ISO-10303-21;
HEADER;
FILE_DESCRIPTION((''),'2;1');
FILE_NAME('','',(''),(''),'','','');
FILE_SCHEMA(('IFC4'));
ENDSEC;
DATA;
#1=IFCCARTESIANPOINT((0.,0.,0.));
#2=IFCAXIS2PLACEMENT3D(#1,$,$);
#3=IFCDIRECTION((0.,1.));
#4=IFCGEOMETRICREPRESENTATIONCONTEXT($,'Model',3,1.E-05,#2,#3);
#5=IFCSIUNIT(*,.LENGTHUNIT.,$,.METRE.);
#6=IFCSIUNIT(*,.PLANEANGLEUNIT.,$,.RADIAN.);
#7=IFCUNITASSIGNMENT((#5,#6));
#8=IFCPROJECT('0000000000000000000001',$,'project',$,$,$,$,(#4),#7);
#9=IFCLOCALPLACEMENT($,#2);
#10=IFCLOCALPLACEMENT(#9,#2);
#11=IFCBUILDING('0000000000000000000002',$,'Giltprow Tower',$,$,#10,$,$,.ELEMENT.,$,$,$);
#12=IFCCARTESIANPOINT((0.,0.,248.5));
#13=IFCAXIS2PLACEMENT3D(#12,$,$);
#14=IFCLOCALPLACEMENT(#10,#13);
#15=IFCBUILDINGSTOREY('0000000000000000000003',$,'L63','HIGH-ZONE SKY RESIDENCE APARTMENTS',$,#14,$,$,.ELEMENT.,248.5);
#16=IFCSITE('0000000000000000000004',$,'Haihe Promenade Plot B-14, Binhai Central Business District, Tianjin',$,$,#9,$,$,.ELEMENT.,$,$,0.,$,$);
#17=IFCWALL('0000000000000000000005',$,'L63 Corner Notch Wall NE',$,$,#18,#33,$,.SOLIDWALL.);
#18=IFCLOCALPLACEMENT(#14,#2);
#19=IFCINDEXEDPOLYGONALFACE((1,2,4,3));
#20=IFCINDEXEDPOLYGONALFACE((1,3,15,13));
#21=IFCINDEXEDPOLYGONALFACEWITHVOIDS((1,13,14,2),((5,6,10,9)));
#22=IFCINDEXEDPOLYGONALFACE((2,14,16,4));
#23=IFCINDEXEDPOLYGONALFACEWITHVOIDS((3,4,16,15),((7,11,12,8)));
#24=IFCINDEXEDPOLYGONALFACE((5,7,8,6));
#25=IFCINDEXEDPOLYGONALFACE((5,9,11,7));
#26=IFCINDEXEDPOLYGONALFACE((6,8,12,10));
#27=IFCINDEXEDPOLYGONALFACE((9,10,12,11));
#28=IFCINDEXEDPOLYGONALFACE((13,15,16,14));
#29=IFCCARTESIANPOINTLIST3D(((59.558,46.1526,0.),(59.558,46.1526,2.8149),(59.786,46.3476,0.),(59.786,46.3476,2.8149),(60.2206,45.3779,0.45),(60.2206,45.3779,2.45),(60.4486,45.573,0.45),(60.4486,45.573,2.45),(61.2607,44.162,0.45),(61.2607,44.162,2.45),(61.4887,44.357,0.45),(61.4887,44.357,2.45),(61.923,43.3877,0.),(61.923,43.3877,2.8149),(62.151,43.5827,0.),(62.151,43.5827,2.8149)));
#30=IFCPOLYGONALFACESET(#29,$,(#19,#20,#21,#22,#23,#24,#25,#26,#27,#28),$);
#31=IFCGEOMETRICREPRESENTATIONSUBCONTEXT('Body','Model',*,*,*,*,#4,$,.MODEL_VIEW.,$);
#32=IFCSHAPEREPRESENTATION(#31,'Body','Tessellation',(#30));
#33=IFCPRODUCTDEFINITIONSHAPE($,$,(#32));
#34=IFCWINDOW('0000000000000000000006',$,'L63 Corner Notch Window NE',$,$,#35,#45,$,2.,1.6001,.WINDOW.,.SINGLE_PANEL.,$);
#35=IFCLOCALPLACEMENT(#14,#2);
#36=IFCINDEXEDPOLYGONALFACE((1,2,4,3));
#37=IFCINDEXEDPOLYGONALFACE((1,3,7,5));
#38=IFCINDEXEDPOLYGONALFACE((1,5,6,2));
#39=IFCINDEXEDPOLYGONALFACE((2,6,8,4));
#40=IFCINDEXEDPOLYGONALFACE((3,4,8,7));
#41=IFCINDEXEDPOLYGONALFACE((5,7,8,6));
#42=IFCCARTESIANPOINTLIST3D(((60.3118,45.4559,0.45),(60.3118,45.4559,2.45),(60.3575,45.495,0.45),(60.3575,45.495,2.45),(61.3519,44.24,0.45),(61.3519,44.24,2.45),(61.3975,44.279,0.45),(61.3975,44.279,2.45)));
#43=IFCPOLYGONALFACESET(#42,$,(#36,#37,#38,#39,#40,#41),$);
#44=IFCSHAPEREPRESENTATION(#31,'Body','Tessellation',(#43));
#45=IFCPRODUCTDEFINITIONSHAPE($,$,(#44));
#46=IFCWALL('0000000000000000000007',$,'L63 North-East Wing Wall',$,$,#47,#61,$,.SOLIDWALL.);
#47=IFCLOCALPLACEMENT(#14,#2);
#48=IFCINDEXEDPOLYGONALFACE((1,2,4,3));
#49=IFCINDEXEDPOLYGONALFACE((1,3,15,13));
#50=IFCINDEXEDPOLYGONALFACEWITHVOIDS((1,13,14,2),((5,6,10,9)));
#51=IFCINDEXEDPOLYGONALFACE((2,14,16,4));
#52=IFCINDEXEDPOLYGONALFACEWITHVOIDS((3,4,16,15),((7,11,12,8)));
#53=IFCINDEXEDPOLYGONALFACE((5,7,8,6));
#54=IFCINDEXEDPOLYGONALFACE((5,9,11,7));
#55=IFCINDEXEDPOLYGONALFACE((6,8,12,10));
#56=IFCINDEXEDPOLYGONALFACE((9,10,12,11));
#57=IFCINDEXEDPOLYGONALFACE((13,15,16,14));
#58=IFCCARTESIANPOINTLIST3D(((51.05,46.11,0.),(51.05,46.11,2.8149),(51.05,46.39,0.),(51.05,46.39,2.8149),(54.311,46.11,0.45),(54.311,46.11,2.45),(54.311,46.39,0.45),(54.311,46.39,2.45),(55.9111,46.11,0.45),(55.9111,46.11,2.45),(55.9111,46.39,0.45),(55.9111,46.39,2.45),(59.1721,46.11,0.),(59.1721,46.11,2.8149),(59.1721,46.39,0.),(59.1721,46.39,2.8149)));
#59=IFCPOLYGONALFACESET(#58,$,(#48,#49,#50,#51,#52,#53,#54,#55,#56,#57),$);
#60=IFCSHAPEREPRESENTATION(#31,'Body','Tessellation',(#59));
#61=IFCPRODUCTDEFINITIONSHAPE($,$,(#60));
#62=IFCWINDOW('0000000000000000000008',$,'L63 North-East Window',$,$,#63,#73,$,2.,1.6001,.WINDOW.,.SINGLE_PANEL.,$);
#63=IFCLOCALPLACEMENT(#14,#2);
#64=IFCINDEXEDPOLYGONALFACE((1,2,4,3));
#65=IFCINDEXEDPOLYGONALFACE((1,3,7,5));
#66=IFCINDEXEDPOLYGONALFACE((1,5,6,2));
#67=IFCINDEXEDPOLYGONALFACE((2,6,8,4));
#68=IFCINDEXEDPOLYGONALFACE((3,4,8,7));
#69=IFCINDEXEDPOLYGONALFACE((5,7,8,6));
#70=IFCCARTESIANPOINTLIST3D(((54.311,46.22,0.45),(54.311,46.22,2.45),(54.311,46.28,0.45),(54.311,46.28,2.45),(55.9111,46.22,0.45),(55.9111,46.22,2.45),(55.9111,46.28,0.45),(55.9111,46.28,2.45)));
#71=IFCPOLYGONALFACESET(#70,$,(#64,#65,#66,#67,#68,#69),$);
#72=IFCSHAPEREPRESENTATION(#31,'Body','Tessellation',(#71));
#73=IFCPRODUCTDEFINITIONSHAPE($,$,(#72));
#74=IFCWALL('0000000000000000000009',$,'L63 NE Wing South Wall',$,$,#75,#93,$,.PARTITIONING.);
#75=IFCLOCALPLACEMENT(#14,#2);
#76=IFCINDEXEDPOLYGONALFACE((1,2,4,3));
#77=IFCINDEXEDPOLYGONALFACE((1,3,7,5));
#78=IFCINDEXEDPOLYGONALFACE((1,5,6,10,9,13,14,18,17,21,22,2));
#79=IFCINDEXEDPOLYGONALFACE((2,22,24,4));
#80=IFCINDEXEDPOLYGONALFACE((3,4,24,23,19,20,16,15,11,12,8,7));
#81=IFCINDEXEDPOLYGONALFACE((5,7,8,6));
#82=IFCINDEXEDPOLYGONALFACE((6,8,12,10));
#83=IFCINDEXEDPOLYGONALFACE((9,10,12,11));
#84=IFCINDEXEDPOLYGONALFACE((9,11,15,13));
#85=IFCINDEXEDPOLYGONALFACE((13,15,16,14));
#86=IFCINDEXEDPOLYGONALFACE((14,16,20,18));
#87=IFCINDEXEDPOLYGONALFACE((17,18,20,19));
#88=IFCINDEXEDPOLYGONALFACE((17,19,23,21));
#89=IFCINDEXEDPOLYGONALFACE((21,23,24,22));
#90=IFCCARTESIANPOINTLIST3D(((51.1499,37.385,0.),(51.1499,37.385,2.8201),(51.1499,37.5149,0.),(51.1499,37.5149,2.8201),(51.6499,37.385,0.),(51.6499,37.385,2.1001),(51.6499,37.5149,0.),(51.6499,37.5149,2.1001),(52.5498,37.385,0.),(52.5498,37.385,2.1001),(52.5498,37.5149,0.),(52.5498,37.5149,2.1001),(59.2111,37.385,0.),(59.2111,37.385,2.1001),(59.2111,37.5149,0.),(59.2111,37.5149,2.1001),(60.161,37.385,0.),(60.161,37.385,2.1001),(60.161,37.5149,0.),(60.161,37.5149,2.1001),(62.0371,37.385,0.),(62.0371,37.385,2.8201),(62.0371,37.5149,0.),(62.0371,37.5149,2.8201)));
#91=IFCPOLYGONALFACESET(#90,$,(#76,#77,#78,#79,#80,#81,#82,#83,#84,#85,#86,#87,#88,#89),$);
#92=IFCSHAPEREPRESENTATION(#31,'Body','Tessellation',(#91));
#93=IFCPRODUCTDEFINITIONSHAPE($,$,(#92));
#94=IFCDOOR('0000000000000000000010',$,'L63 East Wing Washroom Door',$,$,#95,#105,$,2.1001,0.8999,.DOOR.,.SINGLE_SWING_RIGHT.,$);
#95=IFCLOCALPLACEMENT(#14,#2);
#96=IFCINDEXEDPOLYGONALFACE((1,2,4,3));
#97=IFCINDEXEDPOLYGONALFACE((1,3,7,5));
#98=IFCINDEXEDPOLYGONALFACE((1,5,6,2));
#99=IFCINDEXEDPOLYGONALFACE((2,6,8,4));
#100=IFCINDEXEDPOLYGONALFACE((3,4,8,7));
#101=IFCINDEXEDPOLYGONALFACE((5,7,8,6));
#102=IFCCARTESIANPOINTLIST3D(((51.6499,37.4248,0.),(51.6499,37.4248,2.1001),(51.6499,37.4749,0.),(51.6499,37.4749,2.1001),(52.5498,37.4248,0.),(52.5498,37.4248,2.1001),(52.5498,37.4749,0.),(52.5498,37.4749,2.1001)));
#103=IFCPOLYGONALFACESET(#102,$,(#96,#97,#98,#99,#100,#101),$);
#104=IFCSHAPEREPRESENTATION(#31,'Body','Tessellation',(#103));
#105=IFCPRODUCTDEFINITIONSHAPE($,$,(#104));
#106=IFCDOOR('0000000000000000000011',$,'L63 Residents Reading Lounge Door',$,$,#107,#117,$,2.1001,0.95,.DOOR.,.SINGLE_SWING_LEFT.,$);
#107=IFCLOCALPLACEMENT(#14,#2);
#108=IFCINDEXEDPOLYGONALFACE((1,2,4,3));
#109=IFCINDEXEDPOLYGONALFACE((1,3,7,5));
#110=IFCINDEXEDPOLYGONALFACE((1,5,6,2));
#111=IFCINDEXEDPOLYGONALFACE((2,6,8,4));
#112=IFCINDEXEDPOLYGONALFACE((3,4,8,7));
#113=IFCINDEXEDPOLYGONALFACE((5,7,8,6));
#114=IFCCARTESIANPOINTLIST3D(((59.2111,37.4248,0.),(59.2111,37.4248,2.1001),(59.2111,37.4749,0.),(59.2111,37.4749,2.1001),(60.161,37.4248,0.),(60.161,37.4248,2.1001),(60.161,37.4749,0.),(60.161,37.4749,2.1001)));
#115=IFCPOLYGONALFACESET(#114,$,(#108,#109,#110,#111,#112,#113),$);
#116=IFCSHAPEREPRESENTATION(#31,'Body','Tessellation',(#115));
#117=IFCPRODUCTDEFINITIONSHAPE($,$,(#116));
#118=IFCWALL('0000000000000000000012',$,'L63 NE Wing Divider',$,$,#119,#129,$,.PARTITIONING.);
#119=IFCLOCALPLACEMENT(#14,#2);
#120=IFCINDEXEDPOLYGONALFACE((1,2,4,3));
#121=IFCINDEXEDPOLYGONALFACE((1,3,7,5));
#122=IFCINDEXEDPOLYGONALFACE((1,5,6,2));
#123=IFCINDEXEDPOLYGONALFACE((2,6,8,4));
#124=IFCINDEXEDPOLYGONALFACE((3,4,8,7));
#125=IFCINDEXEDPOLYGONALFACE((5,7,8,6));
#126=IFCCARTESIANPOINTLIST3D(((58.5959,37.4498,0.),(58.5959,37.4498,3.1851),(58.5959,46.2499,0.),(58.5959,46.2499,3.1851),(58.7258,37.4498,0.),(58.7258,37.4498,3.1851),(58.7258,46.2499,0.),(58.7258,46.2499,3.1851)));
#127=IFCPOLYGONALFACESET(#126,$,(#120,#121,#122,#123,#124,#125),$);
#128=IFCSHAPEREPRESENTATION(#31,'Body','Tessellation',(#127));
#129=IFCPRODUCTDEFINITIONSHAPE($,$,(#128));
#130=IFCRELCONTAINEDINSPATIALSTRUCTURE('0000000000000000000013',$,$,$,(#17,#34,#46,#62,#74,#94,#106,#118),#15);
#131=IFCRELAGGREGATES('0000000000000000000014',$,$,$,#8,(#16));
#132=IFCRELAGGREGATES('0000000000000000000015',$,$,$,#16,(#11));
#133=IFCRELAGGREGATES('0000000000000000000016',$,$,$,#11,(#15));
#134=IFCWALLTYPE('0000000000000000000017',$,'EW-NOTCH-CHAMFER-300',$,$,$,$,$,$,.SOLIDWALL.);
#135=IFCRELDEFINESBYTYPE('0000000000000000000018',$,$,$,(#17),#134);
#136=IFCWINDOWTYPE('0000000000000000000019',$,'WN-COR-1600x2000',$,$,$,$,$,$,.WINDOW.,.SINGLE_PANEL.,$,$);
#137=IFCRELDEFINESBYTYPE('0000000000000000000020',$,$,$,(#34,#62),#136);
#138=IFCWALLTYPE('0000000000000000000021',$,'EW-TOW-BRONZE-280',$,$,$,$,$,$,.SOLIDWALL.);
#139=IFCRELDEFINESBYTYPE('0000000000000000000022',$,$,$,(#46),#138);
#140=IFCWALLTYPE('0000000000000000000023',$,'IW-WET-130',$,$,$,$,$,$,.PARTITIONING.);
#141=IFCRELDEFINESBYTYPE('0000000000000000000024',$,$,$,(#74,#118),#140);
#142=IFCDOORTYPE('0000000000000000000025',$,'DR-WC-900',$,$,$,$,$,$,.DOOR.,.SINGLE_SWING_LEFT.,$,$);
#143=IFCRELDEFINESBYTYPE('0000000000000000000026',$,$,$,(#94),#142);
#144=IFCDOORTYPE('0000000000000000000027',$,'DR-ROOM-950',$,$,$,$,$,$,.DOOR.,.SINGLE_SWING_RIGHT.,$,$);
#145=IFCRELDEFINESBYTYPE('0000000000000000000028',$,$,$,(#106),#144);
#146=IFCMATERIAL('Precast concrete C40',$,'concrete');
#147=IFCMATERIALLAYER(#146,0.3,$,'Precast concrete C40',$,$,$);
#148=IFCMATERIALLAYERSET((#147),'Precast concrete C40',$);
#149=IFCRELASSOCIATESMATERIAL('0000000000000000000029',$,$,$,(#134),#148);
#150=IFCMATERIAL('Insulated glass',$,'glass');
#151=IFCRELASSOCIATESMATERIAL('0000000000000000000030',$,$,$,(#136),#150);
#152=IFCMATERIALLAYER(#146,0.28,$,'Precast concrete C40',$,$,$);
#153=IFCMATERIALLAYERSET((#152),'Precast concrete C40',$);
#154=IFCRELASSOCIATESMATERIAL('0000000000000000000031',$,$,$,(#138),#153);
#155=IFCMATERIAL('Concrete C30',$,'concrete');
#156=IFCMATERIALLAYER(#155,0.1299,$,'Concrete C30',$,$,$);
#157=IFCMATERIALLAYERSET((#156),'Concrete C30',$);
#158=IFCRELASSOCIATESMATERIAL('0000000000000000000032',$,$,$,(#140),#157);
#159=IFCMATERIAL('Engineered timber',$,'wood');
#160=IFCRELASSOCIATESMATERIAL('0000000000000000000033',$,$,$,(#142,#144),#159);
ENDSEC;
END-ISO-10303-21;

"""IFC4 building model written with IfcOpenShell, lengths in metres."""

from ifc_helpers import new_model, si_unit, direction, frame, frame_2d, origin, place, context, subcontext, project, spatial, rectangle, extrude, source, transform, mapped, material, layer, layer_set, type_object, element, fill, save


model = new_model("IFC4")

# Units and contexts
model_context = context("Model", 3, precision=1e-05, world=origin(), true_north=direction((0.0, 1.0)))
body_context = subcontext(model_context, "Body", "Model", "MODEL_VIEW")
ifc_project = project(units=[si_unit("LENGTHUNIT", "METRE"), si_unit("PLANEANGLEUNIT", "RADIAN")], contexts=[model_context])

# Site, building, storey
site_placement = place(None, origin())
site = spatial("IfcSite", under=ifc_project, at=site_placement, Name="Haihe Promenade Plot B-14, Binhai Central Business District, Tianjin", CompositionType="ELEMENT", RefElevation=0.0)
building_placement = place(site_placement, origin())
building = spatial("IfcBuilding", under=site, at=building_placement, Name="Giltprow Tower", CompositionType="ELEMENT")
storey_placement = place(building_placement, frame((0.0, 0.0, 248.5)))
storey = spatial("IfcBuildingStorey", under=building, at=storey_placement, Name="L63", Description="HIGH-ZONE SKY RESIDENCE APARTMENTS", CompositionType="ELEMENT", Elevation=248.5)

# Walls, openings, windows
ifc_material_1 = material(Name="Precast concrete C40", Category="concrete")
ifc_layer_1 = layer(ifc_material_1, 0.3, Name="Precast concrete C40")
ifc_layer_set_1 = layer_set([ifc_layer_1], Name="Precast concrete C40")
wall_type_1 = type_object("IfcWallType", Name="EW-NOTCH-CHAMFER-300", PredefinedType="SOLIDWALL", material=ifc_layer_set_1)
wall_1_placement = place(storey_placement, frame((62.0371, 43.4851, 0.0), z_axis=(0.0, 0.0, 1.0), x_axis=(-0.650012, 0.759924, 0.0)))
wall_1 = element("IfcWall", 1, at=wall_1_placement, inside=storey, type_object=wall_type_1, Name="L63 Corner Notch Wall NE", PredefinedType="SOLIDWALL", context=body_context, shape_type="SweptSolid", body=[
    extrude(rectangle(XDim=3.6384, YDim=0.3, at=frame_2d((1.8193, 0.0))), origin(), (0.0, 0.0, 1.0), 2.8149),
])
opening_1_placement = place(wall_1_placement, frame((1.019, 0.0, 0.45)))
opening_1 = element("IfcOpeningElement", 2, at=opening_1_placement, cuts=wall_1, PredefinedType="OPENING", context=body_context, shape_type="SweptSolid", body=[
    extrude(rectangle(XDim=1.6001, YDim=2.0, at=frame_2d((0.8, 1.0))), frame((0.0, 0.1599, 0.0), z_axis=(0.0, -1.0, 0.0), x_axis=(1.0, 0.0, 0.0)), (0.0, 0.0, 1.0), 0.3201),
])
ifc_material_2 = material(Name="Insulated glass", Category="glass")
window_type = type_object("IfcWindowType", Name="WN-COR-1600x2000", PartitioningType="SINGLE_PANEL", PredefinedType="WINDOW", material=ifc_material_2)
shared_shape_1 = source(origin(), body_context, "Body", "SweptSolid", [
    extrude(rectangle(XDim=1.6001, YDim=2.0, at=frame_2d((0.8, 1.0))), frame((0.0, 0.03, 0.0), z_axis=(0.0, -1.0, 0.0), x_axis=(1.0, 0.0, 0.0)), (0.0, 0.0, 1.0), 0.0601),
])
window_1_placement = place(opening_1_placement, origin())
window_1 = element("IfcWindow", 3, at=window_1_placement, inside=storey, type_object=window_type, Name="L63 Corner Notch Window NE", OverallHeight=2.0, OverallWidth=1.6001, PartitioningType="SINGLE_PANEL", PredefinedType="WINDOW", context=body_context, shape_type="MappedRepresentation", body=[
    mapped(shared_shape_1, transform((0.0, 0.0, 0.0), x_axis=(1.0, 0.0, 0.0), y_axis=(0.0, 1.0, 0.0), z_axis=(0.0, 0.0, 1.0), scale=1.0)),
])
fill(opening_1, window_1)
ifc_layer_2 = layer(ifc_material_1, 0.28, Name="Precast concrete C40")
ifc_layer_set_2 = layer_set([ifc_layer_2], Name="Precast concrete C40")
wall_type_2 = type_object("IfcWallType", Name="EW-TOW-BRONZE-280", PredefinedType="SOLIDWALL", material=ifc_layer_set_2)
wall_2_placement = place(storey_placement, frame((51.05, 46.25, 0.0), z_axis=(0.0, 0.0, 1.0), x_axis=(1.0, 0.0, 0.0)))
wall_2 = element("IfcWall", 4, at=wall_2_placement, inside=storey, type_object=wall_type_2, Name="L63 North-East Wing Wall", PredefinedType="SOLIDWALL", context=body_context, shape_type="SweptSolid", body=[
    extrude(rectangle(XDim=8.1221, YDim=0.28, at=frame_2d((4.061, 0.0))), origin(), (0.0, 0.0, 1.0), 2.8149),
])
opening_2_placement = place(wall_2_placement, frame((3.261, 0.0, 0.45)))
opening_2 = element("IfcOpeningElement", 5, at=opening_2_placement, cuts=wall_2, PredefinedType="OPENING", context=body_context, shape_type="SweptSolid", body=[
    extrude(rectangle(XDim=1.6001, YDim=2.0, at=frame_2d((0.8, 1.0))), frame((0.0, 0.1499, 0.0), z_axis=(0.0, -1.0, 0.0), x_axis=(1.0, 0.0, 0.0)), (0.0, 0.0, 1.0), 0.3),
])
window_2_placement = place(opening_2_placement, origin())
window_2 = element("IfcWindow", 6, at=window_2_placement, inside=storey, type_object=window_type, Name="L63 North-East Window", OverallHeight=2.0, OverallWidth=1.6001, PartitioningType="SINGLE_PANEL", PredefinedType="WINDOW", context=body_context, shape_type="MappedRepresentation", body=[
    mapped(shared_shape_1, transform((0.0, 0.0, 0.0), x_axis=(1.0, 0.0, 0.0), y_axis=(0.0, 1.0, 0.0), z_axis=(0.0, 0.0, 1.0), scale=1.0)),
])
fill(opening_2, window_2)

# Wall, openings, doors
ifc_material_3 = material(Name="Concrete C30", Category="concrete")
ifc_layer_3 = layer(ifc_material_3, 0.1299, Name="Concrete C30")
ifc_layer_set_3 = layer_set([ifc_layer_3], Name="Concrete C30")
wall_type_3 = type_object("IfcWallType", Name="IW-WET-130", PredefinedType="PARTITIONING", material=ifc_layer_set_3)
wall_3_placement = place(storey_placement, frame((51.1499, 37.45, 0.0), z_axis=(0.0, 0.0, 1.0), x_axis=(1.0, 0.0, 0.0)))
wall_3 = element("IfcWall", 7, at=wall_3_placement, inside=storey, type_object=wall_type_3, Name="L63 NE Wing South Wall", PredefinedType="PARTITIONING", context=body_context, shape_type="SweptSolid", body=[
    extrude(rectangle(XDim=10.8872, YDim=0.1299, at=frame_2d((5.4436, 0.0))), origin(), (0.0, 0.0, 1.0), 2.8201),
])
opening_3_placement = place(wall_3_placement, frame((0.5, 0.0, 0.0)))
opening_3 = element("IfcOpeningElement", 8, at=opening_3_placement, cuts=wall_3, PredefinedType="OPENING", context=body_context, shape_type="SweptSolid", body=[
    extrude(rectangle(XDim=0.8999, YDim=2.1001, at=frame_2d((0.45, 1.05))), frame((0.0, 0.075, 0.0), z_axis=(0.0, -1.0, 0.0), x_axis=(1.0, 0.0, 0.0)), (0.0, 0.0, 1.0), 0.1499),
])
opening_4_placement = place(wall_3_placement, frame((8.061, 0.0, 0.0)))
opening_4 = element("IfcOpeningElement", 9, at=opening_4_placement, cuts=wall_3, PredefinedType="OPENING", context=body_context, shape_type="SweptSolid", body=[
    extrude(rectangle(XDim=0.95, YDim=2.1001, at=frame_2d((0.4751, 1.05))), frame((0.0, 0.075, 0.0), z_axis=(0.0, -1.0, 0.0), x_axis=(1.0, 0.0, 0.0)), (0.0, 0.0, 1.0), 0.1499),
])
ifc_material_4 = material(Name="Engineered timber", Category="wood")
door_type_1 = type_object("IfcDoorType", Name="DR-WC-900", OperationType="SINGLE_SWING_LEFT", PredefinedType="DOOR", material=ifc_material_4)
shared_shape_2 = source(origin(), body_context, "Body", "SweptSolid", [
    extrude(rectangle(XDim=0.8999, YDim=2.1001, at=frame_2d((0.45, 1.05))), frame((0.0, 0.0249, 0.0), z_axis=(0.0, -1.0, 0.0), x_axis=(1.0, 0.0, 0.0)), (0.0, 0.0, 1.0), 0.05),
])
door_1_placement = place(opening_3_placement, origin())
door_1 = element("IfcDoor", 10, at=door_1_placement, inside=storey, type_object=door_type_1, Name="L63 East Wing Washroom Door", OperationType="SINGLE_SWING_RIGHT", OverallHeight=2.1001, OverallWidth=0.8999, PredefinedType="DOOR", context=body_context, shape_type="MappedRepresentation", body=[
    mapped(shared_shape_2, transform((0.0, 0.0, 0.0), x_axis=(1.0, 0.0, 0.0), y_axis=(0.0, 1.0, 0.0), z_axis=(0.0, 0.0, 1.0), scale=1.0)),
])
fill(opening_3, door_1)
door_type_2 = type_object("IfcDoorType", Name="DR-ROOM-950", OperationType="SINGLE_SWING_RIGHT", PredefinedType="DOOR", material=ifc_material_4)
shared_shape_3 = source(origin(), body_context, "Body", "SweptSolid", [
    extrude(rectangle(XDim=0.95, YDim=2.1001, at=frame_2d((0.4751, 1.05))), frame((0.0, 0.0249, 0.0), z_axis=(0.0, -1.0, 0.0), x_axis=(1.0, 0.0, 0.0)), (0.0, 0.0, 1.0), 0.05),
])
door_2_placement = place(opening_4_placement, origin())
door_2 = element("IfcDoor", 11, at=door_2_placement, inside=storey, type_object=door_type_2, Name="L63 Residents Reading Lounge Door", OperationType="SINGLE_SWING_LEFT", OverallHeight=2.1001, OverallWidth=0.95, PredefinedType="DOOR", context=body_context, shape_type="MappedRepresentation", body=[
    mapped(shared_shape_3, transform((0.0, 0.0, 0.0), x_axis=(1.0, 0.0, 0.0), y_axis=(0.0, 1.0, 0.0), z_axis=(0.0, 0.0, 1.0), scale=1.0)),
])
fill(opening_4, door_2)

# Wall
wall_4_placement = place(storey_placement, frame((58.6609, 37.45, 0.0), z_axis=(0.0, 0.0, 1.0), x_axis=(0.0, 1.0, 0.0)))
element("IfcWall", 12, at=wall_4_placement, inside=storey, type_object=wall_type_3, Name="L63 NE Wing Divider", PredefinedType="PARTITIONING", context=body_context, shape_type="SweptSolid", body=[
    extrude(rectangle(XDim=8.8, YDim=0.1299, at=frame_2d((4.3999, 0.0))), origin(), (0.0, 0.0, 1.0), 3.1851),
])

save(model, "model.ifc")
